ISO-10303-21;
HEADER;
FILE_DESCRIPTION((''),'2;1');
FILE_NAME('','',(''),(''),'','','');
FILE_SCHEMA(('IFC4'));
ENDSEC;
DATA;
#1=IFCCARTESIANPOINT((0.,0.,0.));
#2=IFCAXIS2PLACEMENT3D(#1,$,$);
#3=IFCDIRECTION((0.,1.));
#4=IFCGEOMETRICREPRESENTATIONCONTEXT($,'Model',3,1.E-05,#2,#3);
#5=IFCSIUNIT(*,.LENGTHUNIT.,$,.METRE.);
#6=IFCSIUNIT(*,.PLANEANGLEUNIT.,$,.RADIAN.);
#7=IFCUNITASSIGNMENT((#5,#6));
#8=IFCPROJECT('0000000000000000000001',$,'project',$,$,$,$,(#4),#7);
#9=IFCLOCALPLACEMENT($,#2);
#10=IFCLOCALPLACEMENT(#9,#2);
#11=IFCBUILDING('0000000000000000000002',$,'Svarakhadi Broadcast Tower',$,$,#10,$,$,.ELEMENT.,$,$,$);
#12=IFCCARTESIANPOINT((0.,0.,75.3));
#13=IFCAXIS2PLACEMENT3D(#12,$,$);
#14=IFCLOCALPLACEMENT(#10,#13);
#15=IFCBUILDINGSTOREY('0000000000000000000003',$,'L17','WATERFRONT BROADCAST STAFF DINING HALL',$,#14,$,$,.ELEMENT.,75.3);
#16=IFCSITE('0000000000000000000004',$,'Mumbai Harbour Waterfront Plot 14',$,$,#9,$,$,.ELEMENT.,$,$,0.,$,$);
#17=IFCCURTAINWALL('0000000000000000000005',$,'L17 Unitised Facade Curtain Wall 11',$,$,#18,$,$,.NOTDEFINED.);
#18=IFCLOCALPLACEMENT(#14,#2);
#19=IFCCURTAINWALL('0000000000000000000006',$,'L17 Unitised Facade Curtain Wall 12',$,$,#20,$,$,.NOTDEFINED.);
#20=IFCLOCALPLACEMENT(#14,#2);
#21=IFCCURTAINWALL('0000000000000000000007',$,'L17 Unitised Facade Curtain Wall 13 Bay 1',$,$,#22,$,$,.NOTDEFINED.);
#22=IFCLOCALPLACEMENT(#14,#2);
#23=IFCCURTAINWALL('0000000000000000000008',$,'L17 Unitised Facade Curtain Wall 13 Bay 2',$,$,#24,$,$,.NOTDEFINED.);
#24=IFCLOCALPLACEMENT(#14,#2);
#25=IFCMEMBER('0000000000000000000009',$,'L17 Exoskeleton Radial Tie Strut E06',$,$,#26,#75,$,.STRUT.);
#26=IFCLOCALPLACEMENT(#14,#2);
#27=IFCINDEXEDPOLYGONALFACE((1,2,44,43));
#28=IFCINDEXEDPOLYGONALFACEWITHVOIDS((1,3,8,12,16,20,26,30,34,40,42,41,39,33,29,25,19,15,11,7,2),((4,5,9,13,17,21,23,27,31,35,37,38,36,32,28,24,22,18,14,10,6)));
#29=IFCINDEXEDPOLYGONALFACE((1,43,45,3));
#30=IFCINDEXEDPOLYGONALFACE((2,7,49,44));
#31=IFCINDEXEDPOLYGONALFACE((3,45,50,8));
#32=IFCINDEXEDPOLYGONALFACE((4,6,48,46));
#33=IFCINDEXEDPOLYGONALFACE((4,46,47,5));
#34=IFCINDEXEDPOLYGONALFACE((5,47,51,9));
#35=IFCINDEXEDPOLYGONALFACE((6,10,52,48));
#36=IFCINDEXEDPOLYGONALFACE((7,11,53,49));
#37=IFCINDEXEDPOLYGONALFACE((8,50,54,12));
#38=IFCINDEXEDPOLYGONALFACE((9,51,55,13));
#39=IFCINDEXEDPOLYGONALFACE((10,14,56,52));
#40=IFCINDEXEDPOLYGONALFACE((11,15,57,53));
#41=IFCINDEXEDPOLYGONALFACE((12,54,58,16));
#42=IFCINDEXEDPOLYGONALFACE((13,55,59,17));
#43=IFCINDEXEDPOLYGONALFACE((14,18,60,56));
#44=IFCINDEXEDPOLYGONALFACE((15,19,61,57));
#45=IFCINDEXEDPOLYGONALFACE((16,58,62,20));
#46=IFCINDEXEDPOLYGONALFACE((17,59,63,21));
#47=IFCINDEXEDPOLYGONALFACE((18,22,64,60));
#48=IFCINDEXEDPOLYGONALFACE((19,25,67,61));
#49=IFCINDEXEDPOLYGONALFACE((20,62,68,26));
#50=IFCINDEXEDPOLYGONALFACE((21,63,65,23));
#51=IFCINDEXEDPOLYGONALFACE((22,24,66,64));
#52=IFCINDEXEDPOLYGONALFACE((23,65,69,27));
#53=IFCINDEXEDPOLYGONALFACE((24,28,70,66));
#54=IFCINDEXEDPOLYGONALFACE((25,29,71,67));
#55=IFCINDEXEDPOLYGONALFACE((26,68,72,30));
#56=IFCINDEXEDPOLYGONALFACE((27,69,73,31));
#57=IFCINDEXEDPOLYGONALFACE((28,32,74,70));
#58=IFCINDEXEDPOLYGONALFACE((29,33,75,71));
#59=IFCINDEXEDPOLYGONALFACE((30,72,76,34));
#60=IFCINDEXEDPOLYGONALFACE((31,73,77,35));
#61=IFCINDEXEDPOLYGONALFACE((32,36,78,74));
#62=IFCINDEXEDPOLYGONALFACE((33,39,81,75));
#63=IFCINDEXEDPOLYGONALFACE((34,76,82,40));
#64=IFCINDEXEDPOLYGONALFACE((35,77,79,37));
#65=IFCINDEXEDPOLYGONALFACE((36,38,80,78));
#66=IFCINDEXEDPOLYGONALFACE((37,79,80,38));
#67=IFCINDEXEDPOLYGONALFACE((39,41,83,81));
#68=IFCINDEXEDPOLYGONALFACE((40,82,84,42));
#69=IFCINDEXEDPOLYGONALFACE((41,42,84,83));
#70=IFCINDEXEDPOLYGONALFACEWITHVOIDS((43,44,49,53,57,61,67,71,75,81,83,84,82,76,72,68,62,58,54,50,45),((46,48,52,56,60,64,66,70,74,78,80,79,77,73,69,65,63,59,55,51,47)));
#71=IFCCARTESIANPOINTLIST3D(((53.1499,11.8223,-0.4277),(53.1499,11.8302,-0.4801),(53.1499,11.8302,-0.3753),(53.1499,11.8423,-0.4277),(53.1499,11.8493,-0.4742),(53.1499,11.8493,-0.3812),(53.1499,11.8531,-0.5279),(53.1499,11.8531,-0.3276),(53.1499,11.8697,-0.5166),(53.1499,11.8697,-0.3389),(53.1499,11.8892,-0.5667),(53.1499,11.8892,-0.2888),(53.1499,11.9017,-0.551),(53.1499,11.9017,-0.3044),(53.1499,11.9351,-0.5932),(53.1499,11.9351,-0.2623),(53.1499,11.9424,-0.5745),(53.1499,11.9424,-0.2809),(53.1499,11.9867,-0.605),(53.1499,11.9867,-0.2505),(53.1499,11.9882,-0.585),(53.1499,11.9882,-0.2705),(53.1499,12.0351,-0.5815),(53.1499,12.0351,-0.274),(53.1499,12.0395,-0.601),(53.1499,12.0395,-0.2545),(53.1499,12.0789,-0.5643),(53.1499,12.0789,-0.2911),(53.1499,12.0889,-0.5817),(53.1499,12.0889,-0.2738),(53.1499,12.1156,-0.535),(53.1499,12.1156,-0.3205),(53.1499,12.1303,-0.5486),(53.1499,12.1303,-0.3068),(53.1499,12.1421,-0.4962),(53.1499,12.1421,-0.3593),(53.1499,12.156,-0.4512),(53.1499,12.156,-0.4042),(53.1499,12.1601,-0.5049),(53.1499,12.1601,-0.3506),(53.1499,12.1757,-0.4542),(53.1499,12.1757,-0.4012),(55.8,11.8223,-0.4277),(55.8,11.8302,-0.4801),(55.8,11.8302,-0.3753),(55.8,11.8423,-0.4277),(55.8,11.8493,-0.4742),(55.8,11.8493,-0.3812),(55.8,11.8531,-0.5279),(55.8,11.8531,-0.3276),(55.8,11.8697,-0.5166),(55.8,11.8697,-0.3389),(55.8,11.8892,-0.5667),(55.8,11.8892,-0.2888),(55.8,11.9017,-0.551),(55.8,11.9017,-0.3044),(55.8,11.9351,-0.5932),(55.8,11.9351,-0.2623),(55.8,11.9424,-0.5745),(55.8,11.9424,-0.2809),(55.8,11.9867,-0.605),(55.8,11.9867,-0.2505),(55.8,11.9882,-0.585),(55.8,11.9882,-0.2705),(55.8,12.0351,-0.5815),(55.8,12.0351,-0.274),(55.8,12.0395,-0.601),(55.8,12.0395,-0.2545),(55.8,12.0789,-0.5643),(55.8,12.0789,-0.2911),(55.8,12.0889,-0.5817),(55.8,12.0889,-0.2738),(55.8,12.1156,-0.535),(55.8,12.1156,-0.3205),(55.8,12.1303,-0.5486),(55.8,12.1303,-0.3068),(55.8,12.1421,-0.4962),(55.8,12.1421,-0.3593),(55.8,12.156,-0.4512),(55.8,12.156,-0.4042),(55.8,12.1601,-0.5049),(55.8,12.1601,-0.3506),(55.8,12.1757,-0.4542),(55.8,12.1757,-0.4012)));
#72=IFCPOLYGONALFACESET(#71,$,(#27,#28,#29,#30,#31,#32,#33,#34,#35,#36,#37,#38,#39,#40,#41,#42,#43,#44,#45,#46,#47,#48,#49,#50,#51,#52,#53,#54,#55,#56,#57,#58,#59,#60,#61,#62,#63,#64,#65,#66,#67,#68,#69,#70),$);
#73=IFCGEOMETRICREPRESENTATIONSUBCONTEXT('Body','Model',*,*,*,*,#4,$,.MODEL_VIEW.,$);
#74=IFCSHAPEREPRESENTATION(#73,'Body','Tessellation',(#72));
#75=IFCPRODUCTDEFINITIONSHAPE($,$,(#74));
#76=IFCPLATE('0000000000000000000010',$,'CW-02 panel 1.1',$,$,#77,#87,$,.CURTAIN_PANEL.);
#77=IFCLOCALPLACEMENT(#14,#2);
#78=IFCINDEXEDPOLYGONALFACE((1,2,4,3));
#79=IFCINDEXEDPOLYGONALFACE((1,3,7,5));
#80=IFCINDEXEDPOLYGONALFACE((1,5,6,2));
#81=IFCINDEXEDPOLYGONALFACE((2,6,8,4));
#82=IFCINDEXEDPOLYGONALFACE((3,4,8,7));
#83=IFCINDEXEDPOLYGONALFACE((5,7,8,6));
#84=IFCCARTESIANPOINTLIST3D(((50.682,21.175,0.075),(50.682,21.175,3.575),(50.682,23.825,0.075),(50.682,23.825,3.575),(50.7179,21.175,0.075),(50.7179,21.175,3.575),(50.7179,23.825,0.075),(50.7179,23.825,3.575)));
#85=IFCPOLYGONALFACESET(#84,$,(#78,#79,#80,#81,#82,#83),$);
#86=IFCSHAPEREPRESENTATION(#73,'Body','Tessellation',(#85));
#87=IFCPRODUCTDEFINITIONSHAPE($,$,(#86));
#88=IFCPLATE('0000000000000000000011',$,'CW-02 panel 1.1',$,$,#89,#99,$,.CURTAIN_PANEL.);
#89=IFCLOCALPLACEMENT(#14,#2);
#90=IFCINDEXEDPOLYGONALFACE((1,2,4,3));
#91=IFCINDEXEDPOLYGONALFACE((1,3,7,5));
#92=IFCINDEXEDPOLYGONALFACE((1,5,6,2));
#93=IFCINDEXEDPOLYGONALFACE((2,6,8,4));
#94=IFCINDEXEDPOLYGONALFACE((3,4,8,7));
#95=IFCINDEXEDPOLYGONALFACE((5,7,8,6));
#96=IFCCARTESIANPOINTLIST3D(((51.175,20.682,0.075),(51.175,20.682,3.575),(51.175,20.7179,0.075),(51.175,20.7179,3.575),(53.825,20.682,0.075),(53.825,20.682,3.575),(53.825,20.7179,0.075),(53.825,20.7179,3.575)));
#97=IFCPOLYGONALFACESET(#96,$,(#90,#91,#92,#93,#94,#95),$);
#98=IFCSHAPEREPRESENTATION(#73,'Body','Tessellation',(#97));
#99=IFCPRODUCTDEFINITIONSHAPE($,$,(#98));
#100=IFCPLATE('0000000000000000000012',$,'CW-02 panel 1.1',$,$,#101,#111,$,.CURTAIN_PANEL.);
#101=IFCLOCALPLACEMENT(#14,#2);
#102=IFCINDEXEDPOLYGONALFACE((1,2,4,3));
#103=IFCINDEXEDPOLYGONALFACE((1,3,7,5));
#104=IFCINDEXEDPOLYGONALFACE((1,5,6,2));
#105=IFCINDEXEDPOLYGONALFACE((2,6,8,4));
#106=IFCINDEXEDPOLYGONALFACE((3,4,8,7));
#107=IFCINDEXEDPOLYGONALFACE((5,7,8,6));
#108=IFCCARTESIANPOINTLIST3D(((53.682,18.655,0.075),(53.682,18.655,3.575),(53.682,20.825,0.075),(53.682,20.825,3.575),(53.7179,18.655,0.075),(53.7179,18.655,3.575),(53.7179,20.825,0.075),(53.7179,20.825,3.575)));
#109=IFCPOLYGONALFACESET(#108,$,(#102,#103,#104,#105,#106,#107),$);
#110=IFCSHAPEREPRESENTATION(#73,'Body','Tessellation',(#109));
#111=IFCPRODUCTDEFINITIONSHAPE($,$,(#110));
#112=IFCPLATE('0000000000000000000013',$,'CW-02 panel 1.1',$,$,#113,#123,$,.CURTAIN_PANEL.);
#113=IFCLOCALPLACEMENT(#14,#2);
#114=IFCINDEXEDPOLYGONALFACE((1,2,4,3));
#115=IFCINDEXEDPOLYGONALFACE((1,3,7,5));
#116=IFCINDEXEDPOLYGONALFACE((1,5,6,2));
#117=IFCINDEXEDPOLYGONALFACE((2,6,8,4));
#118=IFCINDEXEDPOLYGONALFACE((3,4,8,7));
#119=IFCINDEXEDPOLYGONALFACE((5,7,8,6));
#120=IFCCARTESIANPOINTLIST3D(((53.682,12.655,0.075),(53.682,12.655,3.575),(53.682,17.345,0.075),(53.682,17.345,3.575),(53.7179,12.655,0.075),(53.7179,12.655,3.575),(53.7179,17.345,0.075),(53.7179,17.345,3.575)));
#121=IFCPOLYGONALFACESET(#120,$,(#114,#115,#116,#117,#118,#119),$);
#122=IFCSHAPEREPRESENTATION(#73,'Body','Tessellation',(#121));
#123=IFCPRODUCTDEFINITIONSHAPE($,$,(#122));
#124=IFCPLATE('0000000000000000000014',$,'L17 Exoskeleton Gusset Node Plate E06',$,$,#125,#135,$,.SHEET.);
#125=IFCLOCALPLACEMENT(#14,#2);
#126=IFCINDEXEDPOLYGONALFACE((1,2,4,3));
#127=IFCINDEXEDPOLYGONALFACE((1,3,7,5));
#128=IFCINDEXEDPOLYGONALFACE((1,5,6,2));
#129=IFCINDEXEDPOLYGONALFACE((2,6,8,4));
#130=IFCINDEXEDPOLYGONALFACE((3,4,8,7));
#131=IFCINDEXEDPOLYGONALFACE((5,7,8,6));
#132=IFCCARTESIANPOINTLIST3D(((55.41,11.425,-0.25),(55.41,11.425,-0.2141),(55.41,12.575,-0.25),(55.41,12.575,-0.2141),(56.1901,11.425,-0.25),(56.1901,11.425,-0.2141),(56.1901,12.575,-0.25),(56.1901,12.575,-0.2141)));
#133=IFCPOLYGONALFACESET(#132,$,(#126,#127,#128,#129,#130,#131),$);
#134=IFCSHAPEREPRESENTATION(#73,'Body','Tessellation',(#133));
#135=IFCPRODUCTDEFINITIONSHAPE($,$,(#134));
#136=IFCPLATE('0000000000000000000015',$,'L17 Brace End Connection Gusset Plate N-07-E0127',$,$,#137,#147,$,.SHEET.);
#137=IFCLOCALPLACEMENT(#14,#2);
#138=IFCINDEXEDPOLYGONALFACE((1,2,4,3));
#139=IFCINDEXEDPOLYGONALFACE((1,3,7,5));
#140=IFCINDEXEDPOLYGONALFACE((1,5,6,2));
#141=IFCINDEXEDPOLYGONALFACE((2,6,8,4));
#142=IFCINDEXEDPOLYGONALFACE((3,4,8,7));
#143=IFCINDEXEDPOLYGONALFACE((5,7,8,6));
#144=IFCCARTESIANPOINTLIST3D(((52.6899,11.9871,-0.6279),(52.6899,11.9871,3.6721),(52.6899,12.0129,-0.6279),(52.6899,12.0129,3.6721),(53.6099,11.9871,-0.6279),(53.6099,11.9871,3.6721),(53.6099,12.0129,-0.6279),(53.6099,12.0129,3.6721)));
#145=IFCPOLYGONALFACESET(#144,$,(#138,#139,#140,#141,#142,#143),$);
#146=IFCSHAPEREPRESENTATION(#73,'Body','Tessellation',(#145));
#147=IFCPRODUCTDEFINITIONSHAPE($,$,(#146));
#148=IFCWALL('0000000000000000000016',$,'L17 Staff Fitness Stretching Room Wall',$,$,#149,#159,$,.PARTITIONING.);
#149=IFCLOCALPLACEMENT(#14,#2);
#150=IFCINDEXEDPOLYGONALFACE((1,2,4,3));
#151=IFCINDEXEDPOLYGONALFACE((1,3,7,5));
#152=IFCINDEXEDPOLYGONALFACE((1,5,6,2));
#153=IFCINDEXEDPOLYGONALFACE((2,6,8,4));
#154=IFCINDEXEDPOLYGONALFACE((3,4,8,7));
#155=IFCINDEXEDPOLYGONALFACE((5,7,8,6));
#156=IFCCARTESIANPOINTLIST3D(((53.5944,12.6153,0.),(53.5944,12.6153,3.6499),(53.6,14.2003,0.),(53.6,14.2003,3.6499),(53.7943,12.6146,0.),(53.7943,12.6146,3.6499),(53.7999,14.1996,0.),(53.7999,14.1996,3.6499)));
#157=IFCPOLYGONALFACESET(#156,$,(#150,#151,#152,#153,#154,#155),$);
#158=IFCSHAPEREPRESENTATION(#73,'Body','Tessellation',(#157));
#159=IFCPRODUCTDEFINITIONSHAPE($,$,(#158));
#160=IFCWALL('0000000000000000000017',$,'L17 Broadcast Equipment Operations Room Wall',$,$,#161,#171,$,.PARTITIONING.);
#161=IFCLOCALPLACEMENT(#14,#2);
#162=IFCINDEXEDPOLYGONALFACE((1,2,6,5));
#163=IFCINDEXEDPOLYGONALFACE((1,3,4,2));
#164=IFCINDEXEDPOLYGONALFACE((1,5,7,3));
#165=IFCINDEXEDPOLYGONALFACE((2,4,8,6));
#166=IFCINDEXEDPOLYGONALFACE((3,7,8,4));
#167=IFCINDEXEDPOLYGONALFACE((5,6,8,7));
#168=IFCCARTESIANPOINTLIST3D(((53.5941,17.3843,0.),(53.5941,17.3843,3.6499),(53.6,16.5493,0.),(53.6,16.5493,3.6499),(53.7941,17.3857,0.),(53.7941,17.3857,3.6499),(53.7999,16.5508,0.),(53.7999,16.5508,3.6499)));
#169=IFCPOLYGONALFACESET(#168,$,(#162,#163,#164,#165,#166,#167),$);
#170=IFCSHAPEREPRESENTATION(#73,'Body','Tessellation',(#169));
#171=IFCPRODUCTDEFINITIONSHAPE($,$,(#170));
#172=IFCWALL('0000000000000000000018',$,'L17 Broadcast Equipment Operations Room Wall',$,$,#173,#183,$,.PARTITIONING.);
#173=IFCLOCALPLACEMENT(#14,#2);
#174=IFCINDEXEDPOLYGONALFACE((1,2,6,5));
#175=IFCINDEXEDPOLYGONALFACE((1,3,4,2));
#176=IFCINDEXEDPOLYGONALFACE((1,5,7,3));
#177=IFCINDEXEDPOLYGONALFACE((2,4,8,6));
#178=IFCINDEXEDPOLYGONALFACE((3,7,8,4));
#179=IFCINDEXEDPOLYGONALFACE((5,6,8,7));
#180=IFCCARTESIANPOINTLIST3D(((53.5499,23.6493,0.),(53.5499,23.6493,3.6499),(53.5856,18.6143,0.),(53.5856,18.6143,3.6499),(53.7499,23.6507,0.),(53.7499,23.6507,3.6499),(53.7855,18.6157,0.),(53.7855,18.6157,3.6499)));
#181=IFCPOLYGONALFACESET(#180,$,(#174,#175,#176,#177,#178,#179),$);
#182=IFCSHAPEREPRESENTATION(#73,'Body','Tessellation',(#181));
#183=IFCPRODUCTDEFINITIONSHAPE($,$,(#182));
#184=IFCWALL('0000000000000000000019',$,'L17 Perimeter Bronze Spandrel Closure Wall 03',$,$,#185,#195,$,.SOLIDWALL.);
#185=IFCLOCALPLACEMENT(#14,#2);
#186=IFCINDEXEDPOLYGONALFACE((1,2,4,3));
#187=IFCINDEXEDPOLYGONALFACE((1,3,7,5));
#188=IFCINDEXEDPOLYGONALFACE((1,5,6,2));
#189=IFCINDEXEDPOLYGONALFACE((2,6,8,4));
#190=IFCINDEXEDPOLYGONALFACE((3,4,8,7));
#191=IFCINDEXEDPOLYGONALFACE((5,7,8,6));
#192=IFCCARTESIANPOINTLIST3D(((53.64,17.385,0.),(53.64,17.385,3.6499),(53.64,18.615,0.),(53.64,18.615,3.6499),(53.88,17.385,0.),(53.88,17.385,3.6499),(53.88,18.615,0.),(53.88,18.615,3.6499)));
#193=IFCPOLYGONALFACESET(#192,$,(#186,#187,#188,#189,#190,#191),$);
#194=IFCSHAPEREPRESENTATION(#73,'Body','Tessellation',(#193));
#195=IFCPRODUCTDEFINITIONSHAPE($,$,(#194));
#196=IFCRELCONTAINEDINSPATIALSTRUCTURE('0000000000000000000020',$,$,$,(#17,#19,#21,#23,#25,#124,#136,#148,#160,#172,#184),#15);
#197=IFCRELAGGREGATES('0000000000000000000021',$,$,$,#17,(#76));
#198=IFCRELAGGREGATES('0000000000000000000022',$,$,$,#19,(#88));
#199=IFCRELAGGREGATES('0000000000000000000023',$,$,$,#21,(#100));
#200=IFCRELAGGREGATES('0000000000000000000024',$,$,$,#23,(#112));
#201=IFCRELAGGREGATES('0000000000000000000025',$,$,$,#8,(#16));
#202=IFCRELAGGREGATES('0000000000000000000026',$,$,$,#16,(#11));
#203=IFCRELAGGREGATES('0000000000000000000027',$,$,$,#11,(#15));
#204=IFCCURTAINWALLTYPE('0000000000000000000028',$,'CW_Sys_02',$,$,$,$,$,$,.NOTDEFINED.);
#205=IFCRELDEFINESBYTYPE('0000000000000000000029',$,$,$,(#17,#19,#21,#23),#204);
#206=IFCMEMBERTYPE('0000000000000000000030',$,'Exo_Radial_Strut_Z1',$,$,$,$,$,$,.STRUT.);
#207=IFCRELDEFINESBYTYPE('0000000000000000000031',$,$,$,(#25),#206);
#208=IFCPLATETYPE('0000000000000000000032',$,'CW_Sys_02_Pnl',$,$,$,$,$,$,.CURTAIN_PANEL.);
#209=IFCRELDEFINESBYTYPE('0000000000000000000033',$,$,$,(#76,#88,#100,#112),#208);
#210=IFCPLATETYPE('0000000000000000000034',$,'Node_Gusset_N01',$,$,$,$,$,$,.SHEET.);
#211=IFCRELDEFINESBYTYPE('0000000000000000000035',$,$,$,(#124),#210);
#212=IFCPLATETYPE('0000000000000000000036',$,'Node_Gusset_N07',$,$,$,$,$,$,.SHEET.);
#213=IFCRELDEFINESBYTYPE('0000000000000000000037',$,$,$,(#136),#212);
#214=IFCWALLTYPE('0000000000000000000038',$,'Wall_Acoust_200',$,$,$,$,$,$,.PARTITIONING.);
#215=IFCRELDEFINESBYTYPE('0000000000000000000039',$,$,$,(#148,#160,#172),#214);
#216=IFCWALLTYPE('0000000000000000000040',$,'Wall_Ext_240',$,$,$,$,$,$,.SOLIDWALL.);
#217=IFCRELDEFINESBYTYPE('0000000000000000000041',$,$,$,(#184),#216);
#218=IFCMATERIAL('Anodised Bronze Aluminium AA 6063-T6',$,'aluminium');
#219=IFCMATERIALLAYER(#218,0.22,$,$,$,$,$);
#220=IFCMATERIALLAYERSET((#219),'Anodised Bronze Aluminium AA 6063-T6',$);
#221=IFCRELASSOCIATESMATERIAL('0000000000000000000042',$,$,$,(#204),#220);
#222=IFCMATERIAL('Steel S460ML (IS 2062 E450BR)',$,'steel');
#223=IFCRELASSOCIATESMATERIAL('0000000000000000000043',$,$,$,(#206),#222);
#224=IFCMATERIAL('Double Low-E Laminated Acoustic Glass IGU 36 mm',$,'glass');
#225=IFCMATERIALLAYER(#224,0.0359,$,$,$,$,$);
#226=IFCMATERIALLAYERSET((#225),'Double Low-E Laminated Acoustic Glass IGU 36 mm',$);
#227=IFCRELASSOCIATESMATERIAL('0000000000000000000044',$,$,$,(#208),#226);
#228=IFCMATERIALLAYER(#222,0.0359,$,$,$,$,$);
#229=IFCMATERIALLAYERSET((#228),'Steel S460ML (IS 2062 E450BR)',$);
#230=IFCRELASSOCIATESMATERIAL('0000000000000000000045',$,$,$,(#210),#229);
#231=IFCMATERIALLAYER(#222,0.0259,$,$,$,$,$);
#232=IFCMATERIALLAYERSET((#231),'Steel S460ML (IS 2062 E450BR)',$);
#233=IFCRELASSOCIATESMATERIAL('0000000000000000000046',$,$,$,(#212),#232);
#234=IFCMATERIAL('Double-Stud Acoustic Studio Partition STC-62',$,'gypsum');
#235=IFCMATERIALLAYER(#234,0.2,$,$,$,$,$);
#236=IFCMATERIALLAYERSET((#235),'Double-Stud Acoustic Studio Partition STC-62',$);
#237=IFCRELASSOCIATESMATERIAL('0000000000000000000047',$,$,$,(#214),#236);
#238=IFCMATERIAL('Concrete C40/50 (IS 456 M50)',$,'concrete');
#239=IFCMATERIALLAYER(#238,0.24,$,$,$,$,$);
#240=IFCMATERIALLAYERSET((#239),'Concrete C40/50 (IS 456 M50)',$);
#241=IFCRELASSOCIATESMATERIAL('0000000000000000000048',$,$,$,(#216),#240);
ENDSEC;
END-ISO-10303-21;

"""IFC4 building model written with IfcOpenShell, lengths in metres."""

from ifc_helpers import new_model, si_unit, direction, frame, frame_2d, origin, origin_2d, place, context, subcontext, project, spatial, rectangle, hollow_circle, extrude, material, layer, layer_set, material_profile, profile_set, type_object, element, aggregate, save


model = new_model("IFC4")

# Units and contexts
model_context = context("Model", 3, precision=1e-05, world=origin(), true_north=direction((0.0, 1.0)))
body_context = subcontext(model_context, "Body", "Model", "MODEL_VIEW")
ifc_project = project(units=[si_unit("LENGTHUNIT", "METRE"), si_unit("PLANEANGLEUNIT", "RADIAN")], contexts=[model_context])

# Site, building, storey
site_placement = place(None, origin())
site = spatial("IfcSite", under=ifc_project, at=site_placement, Name="Mumbai Harbour Waterfront Plot 14", CompositionType="ELEMENT", RefElevation=0.0)
building_placement = place(site_placement, origin())
building = spatial("IfcBuilding", under=site, at=building_placement, Name="Svarakhadi Broadcast Tower", CompositionType="ELEMENT")
storey_placement = place(building_placement, frame((0.0, 0.0, 75.3)))
storey = spatial("IfcBuildingStorey", under=building, at=storey_placement, Name="L17", Description="WATERFRONT BROADCAST STAFF DINING HALL", CompositionType="ELEMENT", Elevation=75.3)

# Curtain wall
ifc_material_1 = material(Name="Anodised Bronze Aluminium AA 6063-T6", Category="aluminium")
ifc_layer_1 = layer(ifc_material_1, 0.22)
ifc_layer_set_1 = layer_set([ifc_layer_1], Name="Anodised Bronze Aluminium AA 6063-T6")
curtain_wall_type = type_object("IfcCurtainWallType", Name="CW_Sys_02", PredefinedType="NOTDEFINED", material=ifc_layer_set_1)
curtain_wall_1_placement = place(storey_placement, origin())
curtain_wall_1 = element("IfcCurtainWall", 1, at=curtain_wall_1_placement, inside=storey, type_object=curtain_wall_type, Name="L17 Unitised Facade Curtain Wall 11", PredefinedType="NOTDEFINED")

# Curtain walls
curtain_wall_2_placement = place(storey_placement, origin())
curtain_wall_2 = element("IfcCurtainWall", 2, at=curtain_wall_2_placement, inside=storey, type_object=curtain_wall_type, Name="L17 Unitised Facade Curtain Wall 12", PredefinedType="NOTDEFINED")
curtain_wall_3_placement = place(storey_placement, origin())
curtain_wall_3 = element("IfcCurtainWall", 3, at=curtain_wall_3_placement, inside=storey, type_object=curtain_wall_type, Name="L17 Unitised Facade Curtain Wall 13 Bay 1", PredefinedType="NOTDEFINED")
curtain_wall_4_placement = place(storey_placement, origin())
curtain_wall_4 = element("IfcCurtainWall", 4, at=curtain_wall_4_placement, inside=storey, type_object=curtain_wall_type, Name="L17 Unitised Facade Curtain Wall 13 Bay 2", PredefinedType="NOTDEFINED")

# Member
ifc_material_2 = material(Name="Steel S460ML (IS 2062 E450BR)", Category="steel")
ifc_material_profile_1 = material_profile(ifc_material_2, hollow_circle(Radius=0.1777, WallThickness=0.02, at=origin_2d()), Name="CHS 355.6x20")
ifc_profile_set_1 = profile_set([ifc_material_profile_1], Name="Steel S460ML (IS 2062 E450BR)")
member_type_1 = type_object("IfcMemberType", Name="Exo_Radial_Strut_Z1", PredefinedType="STRUT", material=ifc_profile_set_1)
member_1_placement = place(storey_placement, frame((55.8, 12.0, -0.4277), z_axis=(-1.0, 0.0, 0.0), x_axis=(0.0, -1.0, 0.0)))
element("IfcMember", 5, at=member_1_placement, inside=storey, type_object=member_type_1, Name="L17 Exoskeleton Radial Tie Strut E06", PredefinedType="STRUT", context=body_context, shape_type="SweptSolid", body=[
    extrude(hollow_circle(Radius=0.1777, WallThickness=0.02, at=origin_2d()), origin(), (0.0, 0.0, 1.0), 2.6501),
])

# Plates
ifc_material_3 = material(Name="Double Low-E Laminated Acoustic Glass IGU 36 mm", Category="glass")
ifc_layer_2 = layer(ifc_material_3, 0.0359)
ifc_layer_set_2 = layer_set([ifc_layer_2], Name="Double Low-E Laminated Acoustic Glass IGU 36 mm")
plate_type_1 = type_object("IfcPlateType", Name="CW_Sys_02_Pnl", PredefinedType="CURTAIN_PANEL", material=ifc_layer_set_2)
plate_1_placement = place(storey_placement, frame((50.7, 22.5, 0.075), z_axis=(0.0, 0.0, 1.0), x_axis=(0.0, -1.0, 0.0)))
plate_1 = element("IfcPlate", 6, at=plate_1_placement, type_object=plate_type_1, Name="CW-02 panel 1.1", PredefinedType="CURTAIN_PANEL", context=body_context, shape_type="SweptSolid", body=[
    extrude(rectangle(XDim=2.6499, YDim=0.0359, at=origin_2d()), origin(), (0.0, 0.0, 1.0), 3.5),
])
aggregate(curtain_wall_1, [plate_1])
plate_2_placement = place(storey_placement, frame((52.5, 20.7, 0.075), z_axis=(0.0, 0.0, 1.0), x_axis=(1.0, 0.0, 0.0)))
plate_2 = element("IfcPlate", 7, at=plate_2_placement, type_object=plate_type_1, Name="CW-02 panel 1.1", PredefinedType="CURTAIN_PANEL", context=body_context, shape_type="SweptSolid", body=[
    extrude(rectangle(XDim=2.6499, YDim=0.0359, at=origin_2d()), origin(), (0.0, 0.0, 1.0), 3.5),
])
aggregate(curtain_wall_2, [plate_2])
plate_3_placement = place(storey_placement, frame((53.7, 19.74, 0.075), z_axis=(0.0, 0.0, 1.0), x_axis=(0.0, -1.0, 0.0)))
plate_3 = element("IfcPlate", 8, at=plate_3_placement, type_object=plate_type_1, Name="CW-02 panel 1.1", PredefinedType="CURTAIN_PANEL", context=body_context, shape_type="SweptSolid", body=[
    extrude(rectangle(XDim=2.1699, YDim=0.0359, at=origin_2d()), origin(), (0.0, 0.0, 1.0), 3.5),
])
aggregate(curtain_wall_3, [plate_3])
plate_4_placement = place(storey_placement, frame((53.7, 15.0, 0.075), z_axis=(0.0, 0.0, 1.0), x_axis=(0.0, -1.0, 0.0)))
plate_4 = element("IfcPlate", 9, at=plate_4_placement, type_object=plate_type_1, Name="CW-02 panel 1.1", PredefinedType="CURTAIN_PANEL", context=body_context, shape_type="SweptSolid", body=[
    extrude(rectangle(XDim=4.6899, YDim=0.0359, at=origin_2d()), origin(), (0.0, 0.0, 1.0), 3.5),
])
aggregate(curtain_wall_4, [plate_4])

# Plates
ifc_layer_3 = layer(ifc_material_2, 0.0359)
ifc_layer_set_3 = layer_set([ifc_layer_3], Name="Steel S460ML (IS 2062 E450BR)")
plate_type_2 = type_object("IfcPlateType", Name="Node_Gusset_N01", PredefinedType="SHEET", material=ifc_layer_set_3)
plate_5_placement = place(storey_placement, frame((55.8, 12.0, -0.25), z_axis=(0.0, 0.0, 1.0), x_axis=(0.0, 1.0, 0.0)))
element("IfcPlate", 10, at=plate_5_placement, inside=storey, type_object=plate_type_2, Name="L17 Exoskeleton Gusset Node Plate E06", PredefinedType="SHEET", context=body_context, shape_type="SweptSolid", body=[
    extrude(rectangle(XDim=1.1499, YDim=0.78, at=origin_2d()), origin(), (0.0, 0.0, 1.0), 0.0359),
])
ifc_layer_4 = layer(ifc_material_2, 0.0259)
ifc_layer_set_4 = layer_set([ifc_layer_4], Name="Steel S460ML (IS 2062 E450BR)")
plate_type_3 = type_object("IfcPlateType", Name="Node_Gusset_N07", PredefinedType="SHEET", material=ifc_layer_set_4)
plate_6_placement = place(storey_placement, frame((53.1499, 12.0, -0.6279), z_axis=(0.0, 0.0, 1.0), x_axis=(1.0, 0.0, 0.0)))
element("IfcPlate", 11, at=plate_6_placement, inside=storey, type_object=plate_type_3, Name="L17 Brace End Connection Gusset Plate N-07-E0127", PredefinedType="SHEET", context=body_context, shape_type="SweptSolid", body=[
    extrude(rectangle(XDim=0.9199, YDim=0.0259, at=origin_2d()), origin(), (0.0, 0.0, 1.0), 4.3),
])

# Walls
ifc_material_4 = material(Name="Double-Stud Acoustic Studio Partition STC-62", Category="gypsum")
ifc_layer_5 = layer(ifc_material_4, 0.2)
ifc_layer_set_5 = layer_set([ifc_layer_5], Name="Double-Stud Acoustic Studio Partition STC-62")
wall_type_1 = type_object("IfcWallType", Name="Wall_Acoust_200", PredefinedType="PARTITIONING", material=ifc_layer_set_5)
wall_1_placement = place(storey_placement, frame((53.6943, 12.615, 0.0), z_axis=(0.0, 0.0, 1.0), x_axis=(0.003543, 0.999994, 0.0)))
element("IfcWall", 12, at=wall_1_placement, inside=storey, type_object=wall_type_1, Name="L17 Staff Fitness Stretching Room Wall", PredefinedType="PARTITIONING", context=body_context, shape_type="SweptSolid", body=[
    extrude(rectangle(XDim=1.585, YDim=0.2, at=frame_2d((0.7925, 0.0))), origin(), (0.0, 0.0, 1.0), 3.6499),
])
wall_2_placement = place(storey_placement, frame((53.7, 16.55, 0.0), z_axis=(0.0, 0.0, 1.0), x_axis=(-0.007017, 0.999975, 0.0)))
element("IfcWall", 13, at=wall_2_placement, inside=storey, type_object=wall_type_1, Name="L17 Broadcast Equipment Operations Room Wall", PredefinedType="PARTITIONING", context=body_context, shape_type="SweptSolid", body=[
    extrude(rectangle(XDim=0.835, YDim=0.2, at=frame_2d((0.4175, 0.0))), origin(), (0.0, 0.0, 1.0), 3.6499),
])
wall_3_placement = place(storey_placement, frame((53.6855, 18.615, 0.0), z_axis=(0.0, 0.0, 1.0), x_axis=(-0.007079, 0.999975, 0.0)))
element("IfcWall", 14, at=wall_3_placement, inside=storey, type_object=wall_type_1, Name="L17 Broadcast Equipment Operations Room Wall", PredefinedType="PARTITIONING", context=body_context, shape_type="SweptSolid", body=[
    extrude(rectangle(XDim=5.0352, YDim=0.2, at=frame_2d((2.5176, 0.0))), origin(), (0.0, 0.0, 1.0), 3.6499),
])
ifc_material_5 = material(Name="Concrete C40/50 (IS 456 M50)", Category="concrete")
ifc_layer_6 = layer(ifc_material_5, 0.24)
ifc_layer_set_6 = layer_set([ifc_layer_6], Name="Concrete C40/50 (IS 456 M50)")
wall_type_2 = type_object("IfcWallType", Name="Wall_Ext_240", PredefinedType="SOLIDWALL", material=ifc_layer_set_6)
for number, where, z_axis, x_axis, name in (
    (15, (53.76, 18.615, 0.0), (0.0, 0.0, 1.0), (0.0, -1.0, 0.0), "L17 Perimeter Bronze Spandrel Closure Wall 03"),
):
    element("IfcWall", number, at=place(storey_placement, frame(where, z_axis=z_axis, x_axis=x_axis)), inside=storey, type_object=wall_type_2, Name=name, PredefinedType="SOLIDWALL", context=body_context, shape_type="SweptSolid", body=[
        extrude(rectangle(XDim=1.23, YDim=0.24, at=frame_2d((0.615, 0.0))), origin(), (0.0, 0.0, 1.0), 3.6499),
    ])

save(model, "model.ifc")
